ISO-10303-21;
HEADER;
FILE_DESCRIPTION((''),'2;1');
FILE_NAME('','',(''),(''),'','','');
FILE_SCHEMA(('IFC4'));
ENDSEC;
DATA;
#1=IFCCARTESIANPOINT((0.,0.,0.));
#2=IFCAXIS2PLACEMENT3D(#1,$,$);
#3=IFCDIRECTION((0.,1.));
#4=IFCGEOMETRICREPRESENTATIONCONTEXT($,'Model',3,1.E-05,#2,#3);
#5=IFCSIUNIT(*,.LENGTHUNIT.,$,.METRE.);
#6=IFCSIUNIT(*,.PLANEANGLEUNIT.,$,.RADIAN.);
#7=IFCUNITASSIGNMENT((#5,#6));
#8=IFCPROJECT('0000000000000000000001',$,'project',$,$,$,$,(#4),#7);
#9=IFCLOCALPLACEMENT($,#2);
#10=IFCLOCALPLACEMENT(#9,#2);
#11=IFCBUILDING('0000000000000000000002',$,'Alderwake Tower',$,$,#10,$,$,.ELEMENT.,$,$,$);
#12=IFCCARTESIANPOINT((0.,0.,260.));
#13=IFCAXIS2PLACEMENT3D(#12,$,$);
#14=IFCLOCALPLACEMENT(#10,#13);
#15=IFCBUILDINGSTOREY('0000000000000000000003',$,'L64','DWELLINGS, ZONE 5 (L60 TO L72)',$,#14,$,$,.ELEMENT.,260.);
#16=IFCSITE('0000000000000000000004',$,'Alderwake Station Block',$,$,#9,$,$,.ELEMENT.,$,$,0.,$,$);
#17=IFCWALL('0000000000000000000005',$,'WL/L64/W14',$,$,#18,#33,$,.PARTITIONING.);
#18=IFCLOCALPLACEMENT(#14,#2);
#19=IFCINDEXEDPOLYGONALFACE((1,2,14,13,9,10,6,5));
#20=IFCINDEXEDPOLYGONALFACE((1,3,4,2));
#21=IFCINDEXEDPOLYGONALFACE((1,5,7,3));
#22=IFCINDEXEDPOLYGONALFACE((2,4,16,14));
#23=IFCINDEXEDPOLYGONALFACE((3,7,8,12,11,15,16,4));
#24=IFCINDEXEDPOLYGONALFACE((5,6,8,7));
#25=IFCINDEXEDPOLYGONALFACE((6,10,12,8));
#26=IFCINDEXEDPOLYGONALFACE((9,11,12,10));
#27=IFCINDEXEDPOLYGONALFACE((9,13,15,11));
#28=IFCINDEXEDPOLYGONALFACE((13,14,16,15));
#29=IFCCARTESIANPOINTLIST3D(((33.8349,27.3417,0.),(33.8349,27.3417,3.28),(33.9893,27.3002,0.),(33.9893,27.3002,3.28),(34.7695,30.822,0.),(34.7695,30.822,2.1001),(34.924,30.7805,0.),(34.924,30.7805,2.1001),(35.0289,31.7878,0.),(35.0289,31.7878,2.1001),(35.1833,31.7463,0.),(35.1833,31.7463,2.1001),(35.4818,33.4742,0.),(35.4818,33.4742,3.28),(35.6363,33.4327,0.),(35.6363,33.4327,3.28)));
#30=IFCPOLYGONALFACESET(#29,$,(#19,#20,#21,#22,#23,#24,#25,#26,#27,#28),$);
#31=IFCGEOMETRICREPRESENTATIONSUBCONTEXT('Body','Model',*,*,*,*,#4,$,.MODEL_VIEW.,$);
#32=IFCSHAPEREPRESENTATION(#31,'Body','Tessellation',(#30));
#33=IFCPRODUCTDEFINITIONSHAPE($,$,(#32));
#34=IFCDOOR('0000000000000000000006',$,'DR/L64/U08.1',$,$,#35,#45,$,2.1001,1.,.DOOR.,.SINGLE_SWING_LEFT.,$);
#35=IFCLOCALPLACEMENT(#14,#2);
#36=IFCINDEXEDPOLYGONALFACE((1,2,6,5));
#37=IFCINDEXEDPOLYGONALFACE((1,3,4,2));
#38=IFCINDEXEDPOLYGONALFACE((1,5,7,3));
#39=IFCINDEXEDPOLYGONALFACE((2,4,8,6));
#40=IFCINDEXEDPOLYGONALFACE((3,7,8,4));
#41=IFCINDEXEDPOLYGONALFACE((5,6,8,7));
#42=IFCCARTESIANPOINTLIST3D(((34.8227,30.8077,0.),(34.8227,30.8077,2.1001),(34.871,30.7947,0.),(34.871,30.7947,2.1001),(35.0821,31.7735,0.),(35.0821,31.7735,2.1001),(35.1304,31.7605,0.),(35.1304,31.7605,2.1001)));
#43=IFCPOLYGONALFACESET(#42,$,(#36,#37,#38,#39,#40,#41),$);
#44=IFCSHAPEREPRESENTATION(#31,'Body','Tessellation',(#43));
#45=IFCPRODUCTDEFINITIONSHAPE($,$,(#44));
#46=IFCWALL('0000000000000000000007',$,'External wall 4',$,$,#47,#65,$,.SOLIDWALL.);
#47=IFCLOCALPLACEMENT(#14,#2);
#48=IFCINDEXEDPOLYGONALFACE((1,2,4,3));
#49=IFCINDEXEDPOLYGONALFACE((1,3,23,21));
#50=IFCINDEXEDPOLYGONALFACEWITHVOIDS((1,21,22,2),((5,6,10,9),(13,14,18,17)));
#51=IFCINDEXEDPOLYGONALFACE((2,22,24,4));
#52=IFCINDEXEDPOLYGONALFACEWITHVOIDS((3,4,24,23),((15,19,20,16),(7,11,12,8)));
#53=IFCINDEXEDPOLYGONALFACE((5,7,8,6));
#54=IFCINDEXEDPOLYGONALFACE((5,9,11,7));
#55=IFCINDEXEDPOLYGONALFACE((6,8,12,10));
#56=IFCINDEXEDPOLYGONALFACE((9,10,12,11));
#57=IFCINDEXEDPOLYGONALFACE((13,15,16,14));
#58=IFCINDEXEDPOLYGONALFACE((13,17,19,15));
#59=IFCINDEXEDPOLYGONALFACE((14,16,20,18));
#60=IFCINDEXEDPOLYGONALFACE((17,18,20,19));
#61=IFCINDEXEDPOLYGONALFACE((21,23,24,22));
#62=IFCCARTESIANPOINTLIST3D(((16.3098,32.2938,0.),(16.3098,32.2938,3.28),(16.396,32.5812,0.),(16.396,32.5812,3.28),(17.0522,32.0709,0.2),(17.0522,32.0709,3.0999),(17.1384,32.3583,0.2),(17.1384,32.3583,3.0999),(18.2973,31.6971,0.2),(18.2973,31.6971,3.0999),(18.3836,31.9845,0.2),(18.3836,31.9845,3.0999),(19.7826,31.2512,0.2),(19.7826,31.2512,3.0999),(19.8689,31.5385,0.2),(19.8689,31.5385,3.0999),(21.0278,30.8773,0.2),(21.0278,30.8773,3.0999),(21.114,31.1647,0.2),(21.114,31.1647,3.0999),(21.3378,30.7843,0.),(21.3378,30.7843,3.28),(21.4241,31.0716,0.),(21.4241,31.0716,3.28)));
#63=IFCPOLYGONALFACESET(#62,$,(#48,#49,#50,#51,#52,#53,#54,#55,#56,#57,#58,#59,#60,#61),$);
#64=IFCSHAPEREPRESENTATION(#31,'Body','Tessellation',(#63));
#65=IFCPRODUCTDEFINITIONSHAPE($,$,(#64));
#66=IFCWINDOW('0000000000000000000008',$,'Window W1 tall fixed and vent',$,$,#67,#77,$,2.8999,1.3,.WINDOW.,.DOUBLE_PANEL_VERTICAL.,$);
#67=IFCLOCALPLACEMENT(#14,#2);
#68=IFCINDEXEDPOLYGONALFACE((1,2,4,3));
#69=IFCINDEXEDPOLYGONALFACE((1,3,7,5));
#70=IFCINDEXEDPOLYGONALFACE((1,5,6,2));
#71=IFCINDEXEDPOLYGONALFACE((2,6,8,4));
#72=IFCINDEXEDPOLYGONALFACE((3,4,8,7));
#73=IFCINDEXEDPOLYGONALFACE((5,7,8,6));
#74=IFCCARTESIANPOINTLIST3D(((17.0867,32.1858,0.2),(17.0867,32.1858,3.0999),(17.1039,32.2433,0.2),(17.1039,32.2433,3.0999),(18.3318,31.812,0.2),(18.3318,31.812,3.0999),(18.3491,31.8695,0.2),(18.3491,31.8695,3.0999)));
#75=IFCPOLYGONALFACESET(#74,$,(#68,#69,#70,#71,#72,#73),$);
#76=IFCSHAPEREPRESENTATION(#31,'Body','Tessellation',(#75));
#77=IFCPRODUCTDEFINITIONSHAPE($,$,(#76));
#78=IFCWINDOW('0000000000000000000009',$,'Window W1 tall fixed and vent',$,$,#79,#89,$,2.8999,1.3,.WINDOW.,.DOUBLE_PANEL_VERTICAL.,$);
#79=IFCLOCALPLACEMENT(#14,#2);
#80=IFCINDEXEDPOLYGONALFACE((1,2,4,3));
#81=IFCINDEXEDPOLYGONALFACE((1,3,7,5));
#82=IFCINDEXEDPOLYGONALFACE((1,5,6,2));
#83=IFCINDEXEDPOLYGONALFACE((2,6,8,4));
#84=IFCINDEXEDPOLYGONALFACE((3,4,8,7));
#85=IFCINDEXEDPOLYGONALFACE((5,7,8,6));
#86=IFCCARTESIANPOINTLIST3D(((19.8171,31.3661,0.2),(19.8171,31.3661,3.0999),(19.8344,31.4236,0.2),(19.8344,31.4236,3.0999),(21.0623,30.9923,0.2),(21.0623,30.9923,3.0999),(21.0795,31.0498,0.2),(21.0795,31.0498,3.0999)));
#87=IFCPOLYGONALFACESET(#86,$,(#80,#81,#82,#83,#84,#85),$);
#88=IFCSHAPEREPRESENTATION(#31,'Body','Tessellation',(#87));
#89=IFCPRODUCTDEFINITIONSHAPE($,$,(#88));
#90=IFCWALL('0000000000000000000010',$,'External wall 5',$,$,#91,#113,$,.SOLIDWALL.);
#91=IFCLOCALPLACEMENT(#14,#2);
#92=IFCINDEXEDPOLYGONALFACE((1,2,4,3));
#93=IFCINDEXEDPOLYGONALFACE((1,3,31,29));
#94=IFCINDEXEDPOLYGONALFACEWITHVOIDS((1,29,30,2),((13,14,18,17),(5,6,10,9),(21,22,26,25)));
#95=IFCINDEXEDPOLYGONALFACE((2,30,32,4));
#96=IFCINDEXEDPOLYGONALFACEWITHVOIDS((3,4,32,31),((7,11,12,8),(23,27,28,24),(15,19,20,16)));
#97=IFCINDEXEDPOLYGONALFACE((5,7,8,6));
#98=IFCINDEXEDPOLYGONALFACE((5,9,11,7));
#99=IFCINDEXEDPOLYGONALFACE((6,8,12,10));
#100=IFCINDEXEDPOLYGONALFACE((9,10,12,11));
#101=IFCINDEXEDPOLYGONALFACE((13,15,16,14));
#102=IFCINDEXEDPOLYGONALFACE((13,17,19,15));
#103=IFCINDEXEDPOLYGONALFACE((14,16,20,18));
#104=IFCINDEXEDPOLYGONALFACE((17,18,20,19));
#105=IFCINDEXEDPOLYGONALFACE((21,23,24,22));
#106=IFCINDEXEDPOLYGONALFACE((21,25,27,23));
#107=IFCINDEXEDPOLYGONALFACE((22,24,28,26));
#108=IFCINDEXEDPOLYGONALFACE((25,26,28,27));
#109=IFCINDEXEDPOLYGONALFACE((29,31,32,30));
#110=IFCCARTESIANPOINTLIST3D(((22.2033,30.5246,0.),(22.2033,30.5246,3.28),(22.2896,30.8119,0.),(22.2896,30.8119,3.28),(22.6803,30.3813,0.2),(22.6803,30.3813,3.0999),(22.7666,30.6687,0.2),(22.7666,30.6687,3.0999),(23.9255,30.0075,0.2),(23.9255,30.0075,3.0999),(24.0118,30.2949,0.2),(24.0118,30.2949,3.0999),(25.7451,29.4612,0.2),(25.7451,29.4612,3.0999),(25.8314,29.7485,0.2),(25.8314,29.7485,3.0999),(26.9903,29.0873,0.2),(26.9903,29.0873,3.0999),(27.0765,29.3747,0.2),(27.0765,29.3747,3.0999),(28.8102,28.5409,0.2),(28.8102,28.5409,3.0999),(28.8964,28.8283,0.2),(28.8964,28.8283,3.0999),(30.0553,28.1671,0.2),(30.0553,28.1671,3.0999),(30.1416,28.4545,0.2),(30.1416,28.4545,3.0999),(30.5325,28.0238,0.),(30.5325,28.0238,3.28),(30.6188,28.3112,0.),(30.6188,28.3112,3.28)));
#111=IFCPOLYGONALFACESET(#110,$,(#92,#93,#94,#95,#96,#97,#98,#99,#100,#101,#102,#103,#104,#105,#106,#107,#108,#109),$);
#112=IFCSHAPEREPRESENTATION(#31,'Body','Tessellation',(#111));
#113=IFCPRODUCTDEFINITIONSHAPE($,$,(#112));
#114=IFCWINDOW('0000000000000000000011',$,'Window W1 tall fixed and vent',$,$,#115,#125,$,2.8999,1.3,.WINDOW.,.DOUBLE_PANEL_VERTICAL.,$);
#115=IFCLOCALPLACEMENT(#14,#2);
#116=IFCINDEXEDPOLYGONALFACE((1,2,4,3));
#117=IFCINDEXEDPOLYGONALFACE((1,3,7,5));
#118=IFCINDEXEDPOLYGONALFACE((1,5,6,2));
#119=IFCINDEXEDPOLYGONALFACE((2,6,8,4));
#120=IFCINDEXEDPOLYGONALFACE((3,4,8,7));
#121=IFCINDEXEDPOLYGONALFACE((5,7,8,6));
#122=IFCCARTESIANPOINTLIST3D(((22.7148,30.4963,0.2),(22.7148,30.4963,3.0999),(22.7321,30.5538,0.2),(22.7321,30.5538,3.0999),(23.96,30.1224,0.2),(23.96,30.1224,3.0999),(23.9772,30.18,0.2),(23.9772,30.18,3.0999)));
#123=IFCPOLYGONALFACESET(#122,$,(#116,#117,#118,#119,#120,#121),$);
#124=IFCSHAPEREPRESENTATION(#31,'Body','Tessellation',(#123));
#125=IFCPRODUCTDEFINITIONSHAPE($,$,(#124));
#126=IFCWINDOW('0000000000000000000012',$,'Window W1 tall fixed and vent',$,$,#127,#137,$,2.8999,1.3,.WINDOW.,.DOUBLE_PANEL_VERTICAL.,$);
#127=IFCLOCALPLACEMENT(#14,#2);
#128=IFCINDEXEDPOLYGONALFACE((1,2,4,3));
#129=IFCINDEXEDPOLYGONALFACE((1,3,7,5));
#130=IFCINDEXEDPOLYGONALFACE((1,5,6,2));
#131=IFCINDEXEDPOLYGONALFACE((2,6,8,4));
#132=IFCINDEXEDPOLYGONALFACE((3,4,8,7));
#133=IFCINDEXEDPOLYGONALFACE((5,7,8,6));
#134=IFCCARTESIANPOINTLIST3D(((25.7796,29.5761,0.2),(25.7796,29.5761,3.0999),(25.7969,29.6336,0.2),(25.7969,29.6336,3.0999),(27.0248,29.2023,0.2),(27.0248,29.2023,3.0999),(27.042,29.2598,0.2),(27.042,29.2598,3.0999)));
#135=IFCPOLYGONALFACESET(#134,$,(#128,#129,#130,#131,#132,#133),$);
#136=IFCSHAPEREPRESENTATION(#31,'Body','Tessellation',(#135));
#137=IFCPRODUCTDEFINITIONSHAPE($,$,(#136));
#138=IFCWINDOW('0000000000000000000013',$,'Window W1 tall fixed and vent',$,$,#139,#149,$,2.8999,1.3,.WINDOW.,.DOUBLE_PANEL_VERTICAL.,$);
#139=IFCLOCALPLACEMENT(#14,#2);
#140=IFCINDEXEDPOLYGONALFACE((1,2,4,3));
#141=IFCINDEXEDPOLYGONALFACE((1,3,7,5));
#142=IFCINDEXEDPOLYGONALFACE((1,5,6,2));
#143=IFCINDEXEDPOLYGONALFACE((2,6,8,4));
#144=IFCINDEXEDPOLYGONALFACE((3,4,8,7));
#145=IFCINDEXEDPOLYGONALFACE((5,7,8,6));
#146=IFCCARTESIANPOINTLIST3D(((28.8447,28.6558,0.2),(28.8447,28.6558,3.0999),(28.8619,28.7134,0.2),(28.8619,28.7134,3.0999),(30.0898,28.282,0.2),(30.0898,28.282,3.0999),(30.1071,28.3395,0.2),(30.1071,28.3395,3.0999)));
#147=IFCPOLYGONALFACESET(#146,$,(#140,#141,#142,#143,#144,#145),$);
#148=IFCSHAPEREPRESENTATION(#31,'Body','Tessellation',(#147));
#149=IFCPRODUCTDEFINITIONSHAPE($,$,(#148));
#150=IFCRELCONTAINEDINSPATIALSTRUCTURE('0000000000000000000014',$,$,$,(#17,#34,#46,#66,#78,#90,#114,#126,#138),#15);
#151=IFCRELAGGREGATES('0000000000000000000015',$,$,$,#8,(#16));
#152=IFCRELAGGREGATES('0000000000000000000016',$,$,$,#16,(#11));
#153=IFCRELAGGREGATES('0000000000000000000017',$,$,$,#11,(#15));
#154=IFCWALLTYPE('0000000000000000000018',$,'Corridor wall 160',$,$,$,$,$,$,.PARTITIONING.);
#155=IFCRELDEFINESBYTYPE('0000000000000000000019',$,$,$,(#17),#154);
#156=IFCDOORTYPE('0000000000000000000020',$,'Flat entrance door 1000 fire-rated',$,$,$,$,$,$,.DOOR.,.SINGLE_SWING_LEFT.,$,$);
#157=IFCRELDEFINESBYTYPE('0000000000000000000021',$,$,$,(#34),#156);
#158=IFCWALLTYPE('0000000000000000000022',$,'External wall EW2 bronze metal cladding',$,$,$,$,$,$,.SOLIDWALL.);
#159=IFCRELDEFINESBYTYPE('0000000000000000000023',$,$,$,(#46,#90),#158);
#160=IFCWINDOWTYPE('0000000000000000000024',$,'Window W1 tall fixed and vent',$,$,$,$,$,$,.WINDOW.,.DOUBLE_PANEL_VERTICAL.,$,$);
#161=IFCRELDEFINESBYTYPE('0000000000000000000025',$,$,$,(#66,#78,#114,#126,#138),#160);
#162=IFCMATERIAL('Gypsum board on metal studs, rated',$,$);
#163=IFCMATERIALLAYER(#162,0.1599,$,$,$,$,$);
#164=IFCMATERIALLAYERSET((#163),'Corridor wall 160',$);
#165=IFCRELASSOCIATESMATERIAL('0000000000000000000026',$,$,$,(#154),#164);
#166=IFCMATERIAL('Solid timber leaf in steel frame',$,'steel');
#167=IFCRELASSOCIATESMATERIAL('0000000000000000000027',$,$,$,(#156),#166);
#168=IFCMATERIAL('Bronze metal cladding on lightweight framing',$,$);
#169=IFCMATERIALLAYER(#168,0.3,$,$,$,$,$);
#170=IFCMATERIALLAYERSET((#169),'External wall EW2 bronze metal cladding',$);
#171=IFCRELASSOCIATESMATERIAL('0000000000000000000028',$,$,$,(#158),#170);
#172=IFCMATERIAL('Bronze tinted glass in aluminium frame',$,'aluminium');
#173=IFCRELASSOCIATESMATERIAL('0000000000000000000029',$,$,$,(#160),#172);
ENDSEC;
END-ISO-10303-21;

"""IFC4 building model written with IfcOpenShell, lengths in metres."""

from ifc_helpers import new_model, si_unit, direction, frame, frame_2d, origin, place, context, subcontext, project, spatial, rectangle, extrude, material, layer, layer_set, type_object, element, fill, save


model = new_model("IFC4")

# Units and contexts
model_context = context("Model", 3, precision=1e-05, world=origin(), true_north=direction((0.0, 1.0)))
body_context = subcontext(model_context, "Body", "Model", "MODEL_VIEW")
ifc_project = project(units=[si_unit("LENGTHUNIT", "METRE"), si_unit("PLANEANGLEUNIT", "RADIAN")], contexts=[model_context])

# Site, building, storey
site_placement = place(None, origin())
site = spatial("IfcSite", under=ifc_project, at=site_placement, Name="Alderwake Station Block", CompositionType="ELEMENT", RefElevation=0.0)
building_placement = place(site_placement, origin())
building = spatial("IfcBuilding", under=site, at=building_placement, Name="Alderwake Tower", CompositionType="ELEMENT")
storey_placement = place(building_placement, frame((0.0, 0.0, 260.0)))
storey = spatial("IfcBuildingStorey", under=building, at=storey_placement, Name="L64", Description="DWELLINGS, ZONE 5 (L60 TO L72)", CompositionType="ELEMENT", Elevation=260.0)

# Wall, opening, door
ifc_material_1 = material(Name="Gypsum board on metal studs, rated")
ifc_layer_1 = layer(ifc_material_1, 0.1599)
ifc_layer_set_1 = layer_set([ifc_layer_1], Name="Corridor wall 160")
wall_type_1 = type_object("IfcWallType", Name="Corridor wall 160", PredefinedType="PARTITIONING", material=ifc_layer_set_1)
wall_1_placement = place(storey_placement, frame((33.9121, 27.321, 0.0), z_axis=(0.0, 0.0, 1.0), x_axis=(0.259371, 0.965778, 0.0)))
wall_1 = element("IfcWall", 1, at=wall_1_placement, inside=storey, type_object=wall_type_1, Name="WL/L64/W14", PredefinedType="PARTITIONING", context=body_context, shape_type="SweptSolid", body=[
    extrude(rectangle(XDim=6.3499, YDim=0.1599, at=frame_2d((3.1748, 0.0))), origin(), (0.0, 0.0, 1.0), 3.28),
])
opening_1_placement = place(wall_1_placement, frame((3.6035, 0.0, 0.0)))
opening_1 = element("IfcOpeningElement", 2, at=opening_1_placement, cuts=wall_1, PredefinedType="OPENING", context=body_context, shape_type="SweptSolid", body=[
    extrude(rectangle(XDim=1.0, YDim=2.1001, at=frame_2d((0.5, 1.05))), frame((0.0, 0.0898, 0.0), z_axis=(0.0, -1.0, 0.0), x_axis=(1.0, 0.0, 0.0)), (0.0, 0.0, 1.0), 0.1799),
])
ifc_material_2 = material(Name="Solid timber leaf in steel frame", Category="steel")
door_type_1 = type_object("IfcDoorType", Name="Flat entrance door 1000 fire-rated", OperationType="SINGLE_SWING_LEFT", PredefinedType="DOOR", material=ifc_material_2)
door_1_placement = place(opening_1_placement, origin())
door_1 = element("IfcDoor", 3, at=door_1_placement, inside=storey, type_object=door_type_1, Name="DR/L64/U08.1", OperationType="SINGLE_SWING_LEFT", OverallHeight=2.1001, OverallWidth=1.0, PredefinedType="DOOR", context=body_context, shape_type="SweptSolid", body=[
    extrude(rectangle(XDim=1.0, YDim=2.1001, at=frame_2d((0.5, 1.05))), frame((0.0, 0.0249, 0.0), z_axis=(0.0, -1.0, 0.0), x_axis=(1.0, 0.0, 0.0)), (0.0, 0.0, 1.0), 0.05),
])
fill(opening_1, door_1)

# Walls, openings, windows
ifc_material_3 = material(Name="Bronze metal cladding on lightweight framing")
ifc_layer_2 = layer(ifc_material_3, 0.3)
ifc_layer_set_2 = layer_set([ifc_layer_2], Name="External wall EW2 bronze metal cladding")
wall_type_2 = type_object("IfcWallType", Name="External wall EW2 bronze metal cladding", PredefinedType="SOLIDWALL", material=ifc_layer_set_2)
wall_2_placement = place(storey_placement, frame((16.3528, 32.4375, 0.0), z_axis=(0.0, 0.0, 1.0), x_axis=(0.957769, -0.28754, 0.0)))
wall_2 = element("IfcWall", 4, at=wall_2_placement, inside=storey, type_object=wall_type_2, Name="External wall 4", PredefinedType="SOLIDWALL", context=body_context, shape_type="SweptSolid", body=[
    extrude(rectangle(XDim=5.2498, YDim=0.3, at=frame_2d((2.625, 0.0))), origin(), (0.0, 0.0, 1.0), 3.28),
])
opening_2_placement = place(wall_2_placement, frame((0.7754, 0.0, 0.2)))
opening_2 = element("IfcOpeningElement", 5, at=opening_2_placement, cuts=wall_2, PredefinedType="OPENING", context=body_context, shape_type="SweptSolid", body=[
    extrude(rectangle(XDim=1.3, YDim=2.8999, at=frame_2d((0.6499, 1.45))), frame((0.0, 0.1599, 0.0), z_axis=(0.0, -1.0, 0.0), x_axis=(1.0, 0.0, 0.0)), (0.0, 0.0, 1.0), 0.3201),
])
opening_3_placement = place(wall_2_placement, frame((3.6262, 0.0, 0.2)))
opening_3 = element("IfcOpeningElement", 6, at=opening_3_placement, cuts=wall_2, PredefinedType="OPENING", context=body_context, shape_type="SweptSolid", body=[
    extrude(rectangle(XDim=1.3, YDim=2.8999, at=frame_2d((0.6499, 1.45))), frame((0.0, 0.1599, 0.0), z_axis=(0.0, -1.0, 0.0), x_axis=(1.0, 0.0, 0.0)), (0.0, 0.0, 1.0), 0.3201),
])
ifc_material_4 = material(Name="Bronze tinted glass in aluminium frame", Category="aluminium")
window_type_1 = type_object("IfcWindowType", Name="Window W1 tall fixed and vent", PartitioningType="DOUBLE_PANEL_VERTICAL", PredefinedType="WINDOW", material=ifc_material_4)
window_1_placement = place(opening_2_placement, origin())
window_1 = element("IfcWindow", 7, at=window_1_placement, inside=storey, type_object=window_type_1, Name="Window W1 tall fixed and vent", OverallHeight=2.8999, OverallWidth=1.3, PartitioningType="DOUBLE_PANEL_VERTICAL", PredefinedType="WINDOW", context=body_context, shape_type="SweptSolid", body=[
    extrude(rectangle(XDim=1.3, YDim=2.8999, at=frame_2d((0.6499, 1.45))), frame((0.0, 0.03, 0.0), z_axis=(0.0, -1.0, 0.0), x_axis=(1.0, 0.0, 0.0)), (0.0, 0.0, 1.0), 0.0601),
])
fill(opening_2, window_1)
window_2_placement = place(opening_3_placement, origin())
window_2 = element("IfcWindow", 8, at=window_2_placement, inside=storey, type_object=window_type_1, Name="Window W1 tall fixed and vent", OverallHeight=2.8999, OverallWidth=1.3, PartitioningType="DOUBLE_PANEL_VERTICAL", PredefinedType="WINDOW", context=body_context, shape_type="SweptSolid", body=[
    extrude(rectangle(XDim=1.3, YDim=2.8999, at=frame_2d((0.6499, 1.45))), frame((0.0, 0.03, 0.0), z_axis=(0.0, -1.0, 0.0), x_axis=(1.0, 0.0, 0.0)), (0.0, 0.0, 1.0), 0.0601),
])
fill(opening_3, window_2)
wall_3_placement = place(storey_placement, frame((22.2466, 30.6682, 0.0), z_axis=(0.0, 0.0, 1.0), x_axis=(0.957763, -0.287559, 0.0)))
wall_3 = element("IfcWall", 9, at=wall_3_placement, inside=storey, type_object=wall_type_2, Name="External wall 5", PredefinedType="SOLIDWALL", context=body_context, shape_type="SweptSolid", body=[
    extrude(rectangle(XDim=8.6965, YDim=0.3, at=frame_2d((4.3481, 0.0))), origin(), (0.0, 0.0, 1.0), 3.28),
])
opening_4_placement = place(wall_3_placement, frame((0.498, 0.0, 0.2)))
opening_4 = element("IfcOpeningElement", 10, at=opening_4_placement, cuts=wall_3, PredefinedType="OPENING", context=body_context, shape_type="SweptSolid", body=[
    extrude(rectangle(XDim=1.3, YDim=2.8999, at=frame_2d((0.6499, 1.45))), frame((0.0, 0.1599, 0.0), z_axis=(0.0, -1.0, 0.0), x_axis=(1.0, 0.0, 0.0)), (0.0, 0.0, 1.0), 0.3201),
])
opening_5_placement = place(wall_3_placement, frame((3.698, 0.0, 0.2)))
opening_5 = element("IfcOpeningElement", 11, at=opening_5_placement, cuts=wall_3, PredefinedType="OPENING", context=body_context, shape_type="SweptSolid", body=[
    extrude(rectangle(XDim=1.3, YDim=2.8999, at=frame_2d((0.6499, 1.45))), frame((0.0, 0.1599, 0.0), z_axis=(0.0, -1.0, 0.0), x_axis=(1.0, 0.0, 0.0)), (0.0, 0.0, 1.0), 0.3201),
])
opening_6_placement = place(wall_3_placement, frame((6.8982, 0.0, 0.2)))
opening_6 = element("IfcOpeningElement", 12, at=opening_6_placement, cuts=wall_3, PredefinedType="OPENING", context=body_context, shape_type="SweptSolid", body=[
    extrude(rectangle(XDim=1.3, YDim=2.8999, at=frame_2d((0.6499, 1.45))), frame((0.0, 0.1599, 0.0), z_axis=(0.0, -1.0, 0.0), x_axis=(1.0, 0.0, 0.0)), (0.0, 0.0, 1.0), 0.3201),
])
window_3_placement = place(opening_4_placement, origin())
window_3 = element("IfcWindow", 13, at=window_3_placement, inside=storey, type_object=window_type_1, Name="Window W1 tall fixed and vent", OverallHeight=2.8999, OverallWidth=1.3, PartitioningType="DOUBLE_PANEL_VERTICAL", PredefinedType="WINDOW", context=body_context, shape_type="SweptSolid", body=[
    extrude(rectangle(XDim=1.3, YDim=2.8999, at=frame_2d((0.6499, 1.45))), frame((0.0, 0.03, 0.0), z_axis=(0.0, -1.0, 0.0), x_axis=(1.0, 0.0, 0.0)), (0.0, 0.0, 1.0), 0.0601),
])
fill(opening_4, window_3)
window_4_placement = place(opening_5_placement, origin())
window_4 = element("IfcWindow", 14, at=window_4_placement, inside=storey, type_object=window_type_1, Name="Window W1 tall fixed and vent", OverallHeight=2.8999, OverallWidth=1.3, PartitioningType="DOUBLE_PANEL_VERTICAL", PredefinedType="WINDOW", context=body_context, shape_type="SweptSolid", body=[
    extrude(rectangle(XDim=1.3, YDim=2.8999, at=frame_2d((0.6499, 1.45))), frame((0.0, 0.03, 0.0), z_axis=(0.0, -1.0, 0.0), x_axis=(1.0, 0.0, 0.0)), (0.0, 0.0, 1.0), 0.0601),
])
fill(opening_5, window_4)
window_5_placement = place(opening_6_placement, origin())
window_5 = element("IfcWindow", 15, at=window_5_placement, inside=storey, type_object=window_type_1, Name="Window W1 tall fixed and vent", OverallHeight=2.8999, OverallWidth=1.3, PartitioningType="DOUBLE_PANEL_VERTICAL", PredefinedType="WINDOW", context=body_context, shape_type="SweptSolid", body=[
    extrude(rectangle(XDim=1.3, YDim=2.8999, at=frame_2d((0.6499, 1.45))), frame((0.0, 0.03, 0.0), z_axis=(0.0, -1.0, 0.0), x_axis=(1.0, 0.0, 0.0)), (0.0, 0.0, 1.0), 0.0601),
])
fill(opening_6, window_5)

save(model, "model.ifc")
